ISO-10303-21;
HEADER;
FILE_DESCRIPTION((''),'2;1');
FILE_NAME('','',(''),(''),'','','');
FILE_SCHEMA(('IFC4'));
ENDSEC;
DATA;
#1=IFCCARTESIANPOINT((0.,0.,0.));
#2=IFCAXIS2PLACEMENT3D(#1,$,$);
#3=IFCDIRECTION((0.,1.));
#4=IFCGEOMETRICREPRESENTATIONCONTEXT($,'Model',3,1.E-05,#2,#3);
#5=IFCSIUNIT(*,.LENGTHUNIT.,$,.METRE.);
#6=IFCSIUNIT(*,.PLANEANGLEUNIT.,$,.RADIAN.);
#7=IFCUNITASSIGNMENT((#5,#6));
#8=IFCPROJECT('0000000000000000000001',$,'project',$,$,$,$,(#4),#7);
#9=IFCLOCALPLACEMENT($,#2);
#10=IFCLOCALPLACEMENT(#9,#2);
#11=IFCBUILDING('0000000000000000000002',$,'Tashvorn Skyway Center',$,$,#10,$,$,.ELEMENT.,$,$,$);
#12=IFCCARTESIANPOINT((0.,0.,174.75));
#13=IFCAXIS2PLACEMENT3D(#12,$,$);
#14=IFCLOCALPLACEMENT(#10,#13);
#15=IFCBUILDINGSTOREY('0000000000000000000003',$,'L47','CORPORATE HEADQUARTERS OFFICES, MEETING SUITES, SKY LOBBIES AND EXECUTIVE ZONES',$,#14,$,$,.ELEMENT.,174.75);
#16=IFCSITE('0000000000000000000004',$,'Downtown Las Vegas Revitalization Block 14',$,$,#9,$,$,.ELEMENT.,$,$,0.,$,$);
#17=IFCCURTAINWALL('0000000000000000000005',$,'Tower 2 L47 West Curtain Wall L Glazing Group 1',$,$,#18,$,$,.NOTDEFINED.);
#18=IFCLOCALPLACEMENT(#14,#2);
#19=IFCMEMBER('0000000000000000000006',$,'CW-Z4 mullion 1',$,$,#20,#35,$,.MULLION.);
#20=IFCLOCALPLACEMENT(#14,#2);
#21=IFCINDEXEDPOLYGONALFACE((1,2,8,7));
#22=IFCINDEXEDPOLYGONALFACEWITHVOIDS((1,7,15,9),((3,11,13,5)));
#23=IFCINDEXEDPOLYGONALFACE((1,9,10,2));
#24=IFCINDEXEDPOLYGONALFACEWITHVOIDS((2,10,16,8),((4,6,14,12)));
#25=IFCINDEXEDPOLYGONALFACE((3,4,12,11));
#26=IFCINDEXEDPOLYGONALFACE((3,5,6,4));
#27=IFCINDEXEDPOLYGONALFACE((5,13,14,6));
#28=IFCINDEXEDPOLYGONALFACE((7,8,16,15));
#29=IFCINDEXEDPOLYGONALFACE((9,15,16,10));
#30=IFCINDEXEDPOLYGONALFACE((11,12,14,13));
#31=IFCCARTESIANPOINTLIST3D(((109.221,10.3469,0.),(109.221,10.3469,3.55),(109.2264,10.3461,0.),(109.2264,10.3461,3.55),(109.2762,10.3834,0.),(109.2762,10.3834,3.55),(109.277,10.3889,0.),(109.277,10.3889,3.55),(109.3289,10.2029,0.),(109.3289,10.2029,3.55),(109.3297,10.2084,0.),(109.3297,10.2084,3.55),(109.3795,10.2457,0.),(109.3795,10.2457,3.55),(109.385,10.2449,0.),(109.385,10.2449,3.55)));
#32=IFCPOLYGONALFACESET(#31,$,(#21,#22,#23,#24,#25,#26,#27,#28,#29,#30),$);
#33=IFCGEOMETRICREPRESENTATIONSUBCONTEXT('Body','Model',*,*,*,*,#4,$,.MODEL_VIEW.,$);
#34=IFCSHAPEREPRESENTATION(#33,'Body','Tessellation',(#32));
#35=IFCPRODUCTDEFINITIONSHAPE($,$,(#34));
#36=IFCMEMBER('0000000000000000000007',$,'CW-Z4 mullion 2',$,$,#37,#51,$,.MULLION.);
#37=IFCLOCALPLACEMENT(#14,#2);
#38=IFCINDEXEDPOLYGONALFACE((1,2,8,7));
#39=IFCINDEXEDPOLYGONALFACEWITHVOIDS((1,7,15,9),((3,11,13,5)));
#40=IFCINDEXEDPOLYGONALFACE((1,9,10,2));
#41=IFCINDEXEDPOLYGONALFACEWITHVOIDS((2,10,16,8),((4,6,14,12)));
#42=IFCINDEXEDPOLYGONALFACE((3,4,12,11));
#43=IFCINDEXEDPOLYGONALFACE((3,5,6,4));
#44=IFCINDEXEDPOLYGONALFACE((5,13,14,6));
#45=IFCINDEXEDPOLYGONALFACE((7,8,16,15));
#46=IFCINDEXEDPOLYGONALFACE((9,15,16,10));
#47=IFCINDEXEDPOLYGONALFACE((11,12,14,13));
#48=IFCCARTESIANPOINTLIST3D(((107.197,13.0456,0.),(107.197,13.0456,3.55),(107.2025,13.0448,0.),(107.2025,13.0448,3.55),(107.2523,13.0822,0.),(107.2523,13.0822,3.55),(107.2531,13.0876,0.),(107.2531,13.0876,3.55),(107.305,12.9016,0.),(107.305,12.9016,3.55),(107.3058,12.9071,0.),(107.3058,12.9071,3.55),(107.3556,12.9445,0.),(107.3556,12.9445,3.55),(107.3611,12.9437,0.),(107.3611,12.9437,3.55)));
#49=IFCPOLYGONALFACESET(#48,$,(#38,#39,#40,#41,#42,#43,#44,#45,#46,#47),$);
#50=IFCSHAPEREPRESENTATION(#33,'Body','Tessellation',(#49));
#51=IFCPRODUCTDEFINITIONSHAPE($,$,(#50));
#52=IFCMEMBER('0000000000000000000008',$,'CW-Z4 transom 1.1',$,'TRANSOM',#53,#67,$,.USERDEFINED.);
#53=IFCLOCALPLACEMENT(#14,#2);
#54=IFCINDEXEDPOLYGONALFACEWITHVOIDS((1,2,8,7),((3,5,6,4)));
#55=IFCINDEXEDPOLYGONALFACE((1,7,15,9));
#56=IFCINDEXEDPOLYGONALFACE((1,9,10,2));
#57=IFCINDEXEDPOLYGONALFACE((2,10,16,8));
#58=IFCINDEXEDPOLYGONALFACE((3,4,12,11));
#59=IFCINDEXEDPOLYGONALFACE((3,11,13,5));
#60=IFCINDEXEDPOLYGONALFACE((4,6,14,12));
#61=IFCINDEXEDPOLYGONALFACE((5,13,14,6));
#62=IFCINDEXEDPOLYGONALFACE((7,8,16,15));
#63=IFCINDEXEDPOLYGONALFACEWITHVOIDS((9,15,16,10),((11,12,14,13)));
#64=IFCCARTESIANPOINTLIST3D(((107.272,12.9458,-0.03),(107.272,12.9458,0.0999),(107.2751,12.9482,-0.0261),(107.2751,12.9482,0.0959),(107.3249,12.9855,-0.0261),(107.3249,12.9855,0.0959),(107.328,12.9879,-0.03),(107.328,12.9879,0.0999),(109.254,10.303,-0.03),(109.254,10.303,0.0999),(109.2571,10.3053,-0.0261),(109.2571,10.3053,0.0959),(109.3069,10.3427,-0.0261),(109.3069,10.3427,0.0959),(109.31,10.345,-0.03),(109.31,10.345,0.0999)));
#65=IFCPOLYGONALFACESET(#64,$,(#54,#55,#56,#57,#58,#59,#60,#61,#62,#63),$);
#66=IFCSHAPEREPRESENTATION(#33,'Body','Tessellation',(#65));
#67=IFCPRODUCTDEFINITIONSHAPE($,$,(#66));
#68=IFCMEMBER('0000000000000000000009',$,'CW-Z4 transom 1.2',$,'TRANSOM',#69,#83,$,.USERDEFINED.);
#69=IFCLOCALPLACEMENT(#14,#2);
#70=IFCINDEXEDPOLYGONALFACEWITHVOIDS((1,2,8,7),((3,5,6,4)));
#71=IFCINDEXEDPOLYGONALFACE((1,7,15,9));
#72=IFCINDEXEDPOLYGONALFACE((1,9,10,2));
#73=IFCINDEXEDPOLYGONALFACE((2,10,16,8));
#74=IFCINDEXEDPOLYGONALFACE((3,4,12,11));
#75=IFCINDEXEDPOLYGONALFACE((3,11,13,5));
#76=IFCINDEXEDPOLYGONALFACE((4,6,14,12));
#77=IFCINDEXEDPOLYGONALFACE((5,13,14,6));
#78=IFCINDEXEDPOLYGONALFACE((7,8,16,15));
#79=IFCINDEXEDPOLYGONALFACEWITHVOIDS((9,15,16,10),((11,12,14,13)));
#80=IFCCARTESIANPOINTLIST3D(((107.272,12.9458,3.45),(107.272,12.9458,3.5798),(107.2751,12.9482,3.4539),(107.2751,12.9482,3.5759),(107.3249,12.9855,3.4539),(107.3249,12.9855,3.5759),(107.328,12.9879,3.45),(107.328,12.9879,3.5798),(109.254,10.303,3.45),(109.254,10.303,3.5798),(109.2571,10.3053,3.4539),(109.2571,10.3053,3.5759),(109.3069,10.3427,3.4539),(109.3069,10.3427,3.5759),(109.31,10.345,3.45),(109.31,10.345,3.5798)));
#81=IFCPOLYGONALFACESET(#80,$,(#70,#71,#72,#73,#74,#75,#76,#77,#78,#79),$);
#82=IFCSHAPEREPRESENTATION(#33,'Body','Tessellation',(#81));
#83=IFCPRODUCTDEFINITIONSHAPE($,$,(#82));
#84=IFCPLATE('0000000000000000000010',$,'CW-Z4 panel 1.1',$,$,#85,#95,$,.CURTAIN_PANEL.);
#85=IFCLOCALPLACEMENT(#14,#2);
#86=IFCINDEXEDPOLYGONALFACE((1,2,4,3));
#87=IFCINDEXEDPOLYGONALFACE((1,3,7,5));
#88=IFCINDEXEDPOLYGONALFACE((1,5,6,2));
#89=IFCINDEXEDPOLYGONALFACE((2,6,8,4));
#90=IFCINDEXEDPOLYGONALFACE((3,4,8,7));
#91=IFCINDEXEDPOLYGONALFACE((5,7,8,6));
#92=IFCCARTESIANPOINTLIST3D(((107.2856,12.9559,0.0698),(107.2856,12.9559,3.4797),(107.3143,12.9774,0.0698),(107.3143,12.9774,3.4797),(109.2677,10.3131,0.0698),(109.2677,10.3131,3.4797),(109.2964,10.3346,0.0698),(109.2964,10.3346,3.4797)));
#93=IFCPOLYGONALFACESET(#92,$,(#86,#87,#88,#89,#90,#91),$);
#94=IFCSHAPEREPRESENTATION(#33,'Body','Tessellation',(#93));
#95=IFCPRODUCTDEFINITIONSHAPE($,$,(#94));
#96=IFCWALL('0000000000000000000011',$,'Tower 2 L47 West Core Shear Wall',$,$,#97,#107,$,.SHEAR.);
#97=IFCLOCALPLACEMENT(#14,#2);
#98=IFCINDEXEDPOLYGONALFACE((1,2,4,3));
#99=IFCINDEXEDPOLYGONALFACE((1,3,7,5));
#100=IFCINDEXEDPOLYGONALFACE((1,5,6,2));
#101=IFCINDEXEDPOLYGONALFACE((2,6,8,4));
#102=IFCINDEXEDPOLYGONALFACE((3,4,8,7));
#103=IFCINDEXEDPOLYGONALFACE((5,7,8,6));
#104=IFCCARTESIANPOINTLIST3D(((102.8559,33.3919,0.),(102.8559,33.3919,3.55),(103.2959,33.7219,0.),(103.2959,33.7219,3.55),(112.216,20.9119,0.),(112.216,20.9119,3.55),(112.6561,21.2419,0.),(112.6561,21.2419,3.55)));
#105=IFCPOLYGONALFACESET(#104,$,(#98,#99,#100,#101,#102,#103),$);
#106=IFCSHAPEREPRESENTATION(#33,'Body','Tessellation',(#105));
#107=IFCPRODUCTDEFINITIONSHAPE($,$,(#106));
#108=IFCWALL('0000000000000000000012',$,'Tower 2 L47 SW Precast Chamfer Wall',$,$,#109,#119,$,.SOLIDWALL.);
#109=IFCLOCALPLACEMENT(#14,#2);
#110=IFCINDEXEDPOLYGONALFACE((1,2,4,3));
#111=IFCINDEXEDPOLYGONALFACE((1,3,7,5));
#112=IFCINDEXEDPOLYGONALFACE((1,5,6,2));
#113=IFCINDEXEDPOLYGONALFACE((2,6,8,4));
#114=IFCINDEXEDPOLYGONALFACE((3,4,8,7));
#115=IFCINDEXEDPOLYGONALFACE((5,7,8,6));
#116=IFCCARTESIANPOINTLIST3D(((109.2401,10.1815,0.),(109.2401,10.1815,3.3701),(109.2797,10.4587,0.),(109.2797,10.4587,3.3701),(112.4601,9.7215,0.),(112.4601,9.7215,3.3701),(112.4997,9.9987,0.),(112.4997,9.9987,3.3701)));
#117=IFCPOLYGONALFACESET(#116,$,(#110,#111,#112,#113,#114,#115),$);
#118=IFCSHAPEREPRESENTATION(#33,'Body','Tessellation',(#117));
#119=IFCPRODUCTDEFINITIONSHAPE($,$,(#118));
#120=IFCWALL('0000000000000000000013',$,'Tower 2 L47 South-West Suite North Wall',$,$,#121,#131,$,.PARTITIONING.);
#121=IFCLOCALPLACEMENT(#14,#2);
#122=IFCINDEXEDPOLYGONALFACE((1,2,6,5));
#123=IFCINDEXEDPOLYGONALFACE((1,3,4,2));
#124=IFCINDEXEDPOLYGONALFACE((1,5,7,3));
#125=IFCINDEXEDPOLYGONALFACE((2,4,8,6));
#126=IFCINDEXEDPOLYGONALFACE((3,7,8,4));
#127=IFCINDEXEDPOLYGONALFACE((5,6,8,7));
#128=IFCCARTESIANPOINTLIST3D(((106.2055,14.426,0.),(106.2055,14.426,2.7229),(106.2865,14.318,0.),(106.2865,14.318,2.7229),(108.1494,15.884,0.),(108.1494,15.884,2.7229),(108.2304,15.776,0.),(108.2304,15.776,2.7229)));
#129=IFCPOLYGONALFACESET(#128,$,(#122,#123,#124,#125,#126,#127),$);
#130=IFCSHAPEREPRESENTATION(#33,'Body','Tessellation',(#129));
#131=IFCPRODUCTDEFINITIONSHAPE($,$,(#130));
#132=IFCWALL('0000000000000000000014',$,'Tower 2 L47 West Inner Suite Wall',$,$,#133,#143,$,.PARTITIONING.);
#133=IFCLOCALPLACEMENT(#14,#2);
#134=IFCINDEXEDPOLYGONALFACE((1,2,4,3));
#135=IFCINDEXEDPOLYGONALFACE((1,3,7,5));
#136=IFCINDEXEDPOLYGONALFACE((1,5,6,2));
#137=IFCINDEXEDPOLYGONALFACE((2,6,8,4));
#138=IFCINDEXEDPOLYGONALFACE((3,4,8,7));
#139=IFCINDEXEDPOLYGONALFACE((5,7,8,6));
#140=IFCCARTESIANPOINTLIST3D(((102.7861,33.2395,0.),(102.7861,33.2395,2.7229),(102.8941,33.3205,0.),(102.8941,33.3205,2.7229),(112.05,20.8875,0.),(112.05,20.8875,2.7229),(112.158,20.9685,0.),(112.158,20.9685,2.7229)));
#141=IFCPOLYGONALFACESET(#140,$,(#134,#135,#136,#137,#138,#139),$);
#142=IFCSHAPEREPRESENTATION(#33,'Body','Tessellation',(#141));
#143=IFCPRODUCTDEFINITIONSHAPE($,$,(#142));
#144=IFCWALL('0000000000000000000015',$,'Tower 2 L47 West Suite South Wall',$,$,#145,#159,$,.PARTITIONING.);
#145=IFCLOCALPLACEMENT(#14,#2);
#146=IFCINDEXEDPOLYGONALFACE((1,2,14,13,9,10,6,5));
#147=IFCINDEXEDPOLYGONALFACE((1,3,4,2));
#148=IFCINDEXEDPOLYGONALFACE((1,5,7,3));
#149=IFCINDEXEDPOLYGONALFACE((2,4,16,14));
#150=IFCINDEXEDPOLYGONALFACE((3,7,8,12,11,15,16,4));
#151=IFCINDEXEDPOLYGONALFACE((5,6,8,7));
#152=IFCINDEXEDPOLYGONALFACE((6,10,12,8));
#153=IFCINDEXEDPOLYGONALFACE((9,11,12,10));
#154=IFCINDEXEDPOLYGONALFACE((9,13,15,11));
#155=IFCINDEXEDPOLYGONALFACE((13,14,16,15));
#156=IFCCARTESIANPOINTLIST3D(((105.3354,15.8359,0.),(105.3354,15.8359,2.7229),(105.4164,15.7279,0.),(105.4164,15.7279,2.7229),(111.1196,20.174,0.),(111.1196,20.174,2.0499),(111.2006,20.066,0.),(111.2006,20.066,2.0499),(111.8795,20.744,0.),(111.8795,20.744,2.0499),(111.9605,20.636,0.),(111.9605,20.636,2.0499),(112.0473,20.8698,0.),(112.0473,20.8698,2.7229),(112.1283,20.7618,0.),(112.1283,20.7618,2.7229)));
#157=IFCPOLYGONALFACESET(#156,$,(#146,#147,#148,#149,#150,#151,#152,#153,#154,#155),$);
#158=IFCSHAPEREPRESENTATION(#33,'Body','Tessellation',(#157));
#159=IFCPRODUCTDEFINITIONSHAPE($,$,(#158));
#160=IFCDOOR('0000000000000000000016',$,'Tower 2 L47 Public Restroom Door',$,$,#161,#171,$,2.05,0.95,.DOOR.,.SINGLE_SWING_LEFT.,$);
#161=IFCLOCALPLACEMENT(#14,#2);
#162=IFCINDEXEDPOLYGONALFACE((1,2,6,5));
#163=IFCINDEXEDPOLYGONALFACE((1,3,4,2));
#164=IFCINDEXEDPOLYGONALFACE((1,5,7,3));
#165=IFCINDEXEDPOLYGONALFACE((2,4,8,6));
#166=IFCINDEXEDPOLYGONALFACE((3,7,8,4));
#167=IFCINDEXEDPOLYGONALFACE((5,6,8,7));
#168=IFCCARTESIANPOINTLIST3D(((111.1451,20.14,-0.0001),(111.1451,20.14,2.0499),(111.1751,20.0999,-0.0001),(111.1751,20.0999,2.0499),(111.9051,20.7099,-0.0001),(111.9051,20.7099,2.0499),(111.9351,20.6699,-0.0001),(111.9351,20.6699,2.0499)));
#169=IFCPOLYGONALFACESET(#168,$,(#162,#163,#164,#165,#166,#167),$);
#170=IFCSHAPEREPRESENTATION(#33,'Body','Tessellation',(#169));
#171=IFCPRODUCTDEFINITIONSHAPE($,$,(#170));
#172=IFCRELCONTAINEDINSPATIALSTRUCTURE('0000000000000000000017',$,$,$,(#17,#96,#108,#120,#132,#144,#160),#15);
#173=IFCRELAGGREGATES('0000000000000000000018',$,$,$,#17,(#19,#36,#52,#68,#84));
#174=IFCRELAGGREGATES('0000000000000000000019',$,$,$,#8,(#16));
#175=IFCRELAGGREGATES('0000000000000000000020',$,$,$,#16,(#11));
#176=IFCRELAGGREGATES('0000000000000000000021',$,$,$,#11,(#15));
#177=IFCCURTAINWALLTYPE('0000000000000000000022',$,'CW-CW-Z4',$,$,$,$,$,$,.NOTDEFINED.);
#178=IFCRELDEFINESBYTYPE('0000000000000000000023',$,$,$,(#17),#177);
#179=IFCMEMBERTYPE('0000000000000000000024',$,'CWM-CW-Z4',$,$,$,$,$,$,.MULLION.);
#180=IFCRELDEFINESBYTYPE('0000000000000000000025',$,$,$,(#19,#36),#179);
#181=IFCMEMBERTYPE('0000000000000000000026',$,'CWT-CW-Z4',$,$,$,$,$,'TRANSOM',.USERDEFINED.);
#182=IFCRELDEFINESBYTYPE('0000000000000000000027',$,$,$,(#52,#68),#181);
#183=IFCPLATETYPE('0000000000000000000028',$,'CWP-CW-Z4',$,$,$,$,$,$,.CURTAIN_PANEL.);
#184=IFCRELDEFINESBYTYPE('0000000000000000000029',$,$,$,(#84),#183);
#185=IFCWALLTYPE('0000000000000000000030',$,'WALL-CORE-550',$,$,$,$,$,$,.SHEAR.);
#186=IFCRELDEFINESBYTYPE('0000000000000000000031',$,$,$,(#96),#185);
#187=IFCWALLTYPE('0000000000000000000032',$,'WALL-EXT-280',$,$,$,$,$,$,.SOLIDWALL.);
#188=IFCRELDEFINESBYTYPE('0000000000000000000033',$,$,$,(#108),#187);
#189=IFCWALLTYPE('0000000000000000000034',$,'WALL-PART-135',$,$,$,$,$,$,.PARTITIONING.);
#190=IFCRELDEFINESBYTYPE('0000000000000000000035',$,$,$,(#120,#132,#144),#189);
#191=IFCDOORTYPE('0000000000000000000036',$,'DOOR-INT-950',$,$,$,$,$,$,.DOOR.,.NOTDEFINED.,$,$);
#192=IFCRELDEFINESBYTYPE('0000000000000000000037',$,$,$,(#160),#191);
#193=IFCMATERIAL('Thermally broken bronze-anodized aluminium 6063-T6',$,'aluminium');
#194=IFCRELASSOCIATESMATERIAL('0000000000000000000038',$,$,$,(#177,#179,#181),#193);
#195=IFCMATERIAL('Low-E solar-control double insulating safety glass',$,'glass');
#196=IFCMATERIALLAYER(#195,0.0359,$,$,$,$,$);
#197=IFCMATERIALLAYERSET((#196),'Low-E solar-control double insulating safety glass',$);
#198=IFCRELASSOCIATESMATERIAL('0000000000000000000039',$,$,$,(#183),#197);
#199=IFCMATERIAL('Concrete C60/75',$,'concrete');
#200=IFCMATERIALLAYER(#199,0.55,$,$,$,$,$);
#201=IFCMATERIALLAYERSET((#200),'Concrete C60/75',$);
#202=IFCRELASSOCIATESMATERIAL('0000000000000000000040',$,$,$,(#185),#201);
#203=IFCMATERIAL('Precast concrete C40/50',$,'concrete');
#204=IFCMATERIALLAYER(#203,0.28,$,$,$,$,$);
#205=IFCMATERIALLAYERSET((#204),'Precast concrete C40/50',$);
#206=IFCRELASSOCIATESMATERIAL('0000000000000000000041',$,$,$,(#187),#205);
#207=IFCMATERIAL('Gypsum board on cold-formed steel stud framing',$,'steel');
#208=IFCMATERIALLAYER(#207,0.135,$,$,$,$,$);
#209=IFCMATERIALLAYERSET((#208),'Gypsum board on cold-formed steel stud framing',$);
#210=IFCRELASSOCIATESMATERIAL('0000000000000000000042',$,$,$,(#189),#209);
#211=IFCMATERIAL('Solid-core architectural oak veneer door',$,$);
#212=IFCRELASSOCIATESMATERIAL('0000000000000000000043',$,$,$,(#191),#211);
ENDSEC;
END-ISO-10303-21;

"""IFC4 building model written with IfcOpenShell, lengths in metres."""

from ifc_helpers import new_model, si_unit, direction, frame, frame_2d, origin, origin_2d, place, context, subcontext, project, spatial, rectangle, hollow_rectangle, extrude, material, layer, layer_set, material_profile, profile_set, type_object, element, fill, aggregate, save


model = new_model("IFC4")

# Units and contexts
model_context = context("Model", 3, precision=1e-05, world=origin(), true_north=direction((0.0, 1.0)))
body_context = subcontext(model_context, "Body", "Model", "MODEL_VIEW")
ifc_project = project(units=[si_unit("LENGTHUNIT", "METRE"), si_unit("PLANEANGLEUNIT", "RADIAN")], contexts=[model_context])

# Site, building, storey
site_placement = place(None, origin())
site = spatial("IfcSite", under=ifc_project, at=site_placement, Name="Downtown Las Vegas Revitalization Block 14", CompositionType="ELEMENT", RefElevation=0.0)
building_placement = place(site_placement, origin())
building = spatial("IfcBuilding", under=site, at=building_placement, Name="Tashvorn Skyway Center", CompositionType="ELEMENT")
storey_placement = place(building_placement, frame((0.0, 0.0, 174.75)))
storey = spatial("IfcBuildingStorey", under=building, at=storey_placement, Name="L47", Description="CORPORATE HEADQUARTERS OFFICES, MEETING SUITES, SKY LOBBIES AND EXECUTIVE ZONES", CompositionType="ELEMENT", Elevation=174.75)

# Shared definitions
ifc_material_1 = material(Name="Thermally broken bronze-anodized aluminium 6063-T6", Category="aluminium")
curtain_wall_type = type_object("IfcCurtainWallType", Name="CW-CW-Z4", PredefinedType="NOTDEFINED", material=ifc_material_1)
ifc_material_profile_1 = material_profile(ifc_material_1, hollow_rectangle(XDim=0.0701, YDim=0.1799, WallThickness=0.0039, at=origin_2d()), Name="ALU-MULL-70x180")
ifc_profile_set_1 = profile_set([ifc_material_profile_1], Name="Thermally broken bronze-anodized aluminium 6063-T6")
member_type_1 = type_object("IfcMemberType", Name="CWM-CW-Z4", PredefinedType="MULLION", material=ifc_profile_set_1)

# Curtain wall, members, plate
curtain_wall_1_placement = place(storey_placement, origin())
curtain_wall_1 = element("IfcCurtainWall", 1, at=curtain_wall_1_placement, inside=storey, type_object=curtain_wall_type, Name="Tower 2 L47 West Curtain Wall L Glazing Group 1", PredefinedType="NOTDEFINED")
member_1_placement = place(storey_placement, frame((109.303, 10.2959, 0.0), z_axis=(0.0, 0.0, 1.0), x_axis=(-0.800003, -0.599995, 0.0)))
member_1 = element("IfcMember", 2, at=member_1_placement, type_object=member_type_1, Name="CW-Z4 mullion 1", PredefinedType="MULLION", context=body_context, shape_type="SweptSolid", body=[
    extrude(hollow_rectangle(XDim=0.0701, YDim=0.1799, WallThickness=0.0039, at=origin_2d()), origin(), (0.0, 0.0, 1.0), 3.55),
])
member_2_placement = place(storey_placement, frame((107.2791, 12.9946, 0.0), z_axis=(0.0, 0.0, 1.0), x_axis=(-0.800003, -0.599995, 0.0)))
member_2 = element("IfcMember", 3, at=member_2_placement, type_object=member_type_1, Name="CW-Z4 mullion 2", PredefinedType="MULLION", context=body_context, shape_type="SweptSolid", body=[
    extrude(hollow_rectangle(XDim=0.0701, YDim=0.1799, WallThickness=0.0039, at=origin_2d()), origin(), (0.0, 0.0, 1.0), 3.55),
])
ifc_material_profile_2 = material_profile(ifc_material_1, hollow_rectangle(XDim=0.0701, YDim=0.1299, WallThickness=0.0039, at=origin_2d()), Name="ALU-TRAN-70x130")
ifc_profile_set_2 = profile_set([ifc_material_profile_2], Name="Thermally broken bronze-anodized aluminium 6063-T6")
member_type_2 = type_object("IfcMemberType", Name="CWT-CW-Z4", ElementType="TRANSOM", PredefinedType="USERDEFINED", material=ifc_profile_set_2)
member_3_placement = place(storey_placement, frame((109.282, 10.324, 0.0349), z_axis=(-0.599965, 0.800027, 0.0), x_axis=(-0.800027, -0.599965, 0.0)))
member_3 = element("IfcMember", 4, at=member_3_placement, type_object=member_type_2, Name="CW-Z4 transom 1.1", ObjectType="TRANSOM", PredefinedType="USERDEFINED", context=body_context, shape_type="SweptSolid", body=[
    extrude(hollow_rectangle(XDim=0.0701, YDim=0.1299, WallThickness=0.0039, at=origin_2d()), origin(), (0.0, 0.0, 1.0), 3.3035),
])
member_4_placement = place(storey_placement, frame((109.282, 10.324, 3.5149), z_axis=(-0.599965, 0.800027, 0.0), x_axis=(-0.800027, -0.599965, 0.0)))
member_4 = element("IfcMember", 5, at=member_4_placement, type_object=member_type_2, Name="CW-Z4 transom 1.2", ObjectType="TRANSOM", PredefinedType="USERDEFINED", context=body_context, shape_type="SweptSolid", body=[
    extrude(hollow_rectangle(XDim=0.0701, YDim=0.1299, WallThickness=0.0039, at=origin_2d()), origin(), (0.0, 0.0, 1.0), 3.3035),
])
ifc_material_2 = material(Name="Low-E solar-control double insulating safety glass", Category="glass")
ifc_layer_1 = layer(ifc_material_2, 0.0359)
ifc_layer_set_1 = layer_set([ifc_layer_1], Name="Low-E solar-control double insulating safety glass")
plate_type = type_object("IfcPlateType", Name="CWP-CW-Z4", PredefinedType="CURTAIN_PANEL", material=ifc_layer_set_1)
plate_placement = place(storey_placement, frame((108.291, 11.6453, 0.0698), z_axis=(0.0, 0.0, 1.0), x_axis=(-0.599995, 0.800003, 0.0)))
plate = element("IfcPlate", 6, at=plate_placement, type_object=plate_type, Name="CW-Z4 panel 1.1", PredefinedType="CURTAIN_PANEL", context=body_context, shape_type="SweptSolid", body=[
    extrude(rectangle(XDim=3.3035, YDim=0.0359, at=origin_2d()), origin(), (0.0, 0.0, 1.0), 3.4099),
])
aggregate(curtain_wall_1, [member_1, member_2, member_3, member_4, plate])

# Walls
ifc_material_3 = material(Name="Concrete C60/75", Category="concrete")
ifc_layer_2 = layer(ifc_material_3, 0.55)
ifc_layer_set_2 = layer_set([ifc_layer_2], Name="Concrete C60/75")
wall_type_1 = type_object("IfcWallType", Name="WALL-CORE-550", PredefinedType="SHEAR", material=ifc_layer_set_2)
wall_1_placement = place(storey_placement, frame((112.436, 21.0769, 0.0), z_axis=(0.0, 0.0, 1.0), x_axis=(-0.600005, 0.799996, 0.0)))
element("IfcWall", 7, at=wall_1_placement, inside=storey, type_object=wall_type_1, Name="Tower 2 L47 West Core Shear Wall", PredefinedType="SHEAR", context=body_context, shape_type="SweptSolid", body=[
    extrude(rectangle(XDim=15.6001, YDim=0.55, at=frame_2d((7.8, 0.0))), origin(), (0.0, 0.0, 1.0), 3.55),
])
ifc_material_4 = material(Name="Precast concrete C40/50", Category="concrete")
ifc_layer_3 = layer(ifc_material_4, 0.28)
ifc_layer_set_3 = layer_set([ifc_layer_3], Name="Precast concrete C40/50")
wall_type_2 = type_object("IfcWallType", Name="WALL-EXT-280", PredefinedType="SOLIDWALL", material=ifc_layer_set_3)
wall_2_placement = place(storey_placement, frame((112.48, 9.8601, 0.0), z_axis=(0.0, 0.0, 1.0), x_axis=(-0.989951, 0.141411, 0.0)))
element("IfcWall", 8, at=wall_2_placement, inside=storey, type_object=wall_type_2, Name="Tower 2 L47 SW Precast Chamfer Wall", PredefinedType="SOLIDWALL", context=body_context, shape_type="SweptSolid", body=[
    extrude(rectangle(XDim=3.2527, YDim=0.28, at=frame_2d((1.6265, 0.0))), origin(), (0.0, 0.0, 1.0), 3.3701),
])
ifc_material_5 = material(Name="Gypsum board on cold-formed steel stud framing", Category="steel")
ifc_layer_4 = layer(ifc_material_5, 0.135)
ifc_layer_set_4 = layer_set([ifc_layer_4], Name="Gypsum board on cold-formed steel stud framing")
wall_type_3 = type_object("IfcWallType", Name="WALL-PART-135", PredefinedType="PARTITIONING", material=ifc_layer_set_4)
wall_3_placement = place(storey_placement, frame((106.2461, 14.3721, 0.0), z_axis=(0.0, 0.0, 1.0), x_axis=(0.799976, 0.600032, 0.0)))
element("IfcWall", 9, at=wall_3_placement, inside=storey, type_object=wall_type_3, Name="Tower 2 L47 South-West Suite North Wall", PredefinedType="PARTITIONING", context=body_context, shape_type="SweptSolid", body=[
    extrude(rectangle(XDim=2.4299, YDim=0.135, at=frame_2d((1.2148, 0.0))), origin(), (0.0, 0.0, 1.0), 2.7229),
])
wall_4_placement = place(storey_placement, frame((112.104, 20.928, 0.0), z_axis=(0.0, 0.0, 1.0), x_axis=(-0.599995, 0.800004, 0.0)))
element("IfcWall", 10, at=wall_4_placement, inside=storey, type_object=wall_type_3, Name="Tower 2 L47 West Inner Suite Wall", PredefinedType="PARTITIONING", context=body_context, shape_type="SweptSolid", body=[
    extrude(rectangle(XDim=15.4399, YDim=0.135, at=frame_2d((7.72, 0.0))), origin(), (0.0, 0.0, 1.0), 2.7229),
])

# Wall, opening, door
wall_5_placement = place(storey_placement, frame((105.376, 15.782, 0.0), z_axis=(0.0, 0.0, 1.0), x_axis=(0.8, 0.6, 0.0)))
wall_5 = element("IfcWall", 11, at=wall_5_placement, inside=storey, type_object=wall_type_3, Name="Tower 2 L47 West Suite South Wall", PredefinedType="PARTITIONING", context=body_context, shape_type="SweptSolid", body=[
    extrude(rectangle(XDim=8.3899, YDim=0.135, at=frame_2d((4.1948, 0.0))), origin(), (0.0, 0.0, 1.0), 2.7229),
])
opening_placement = place(wall_5_placement, frame((7.23, 0.0, 0.0)))
opening = element("IfcOpeningElement", 12, at=opening_placement, cuts=wall_5, PredefinedType="OPENING", context=body_context, shape_type="SweptSolid", body=[
    extrude(rectangle(XDim=0.95, YDim=2.05, at=frame_2d((0.4751, 1.0249))), frame((0.0, 0.0774, 0.0), z_axis=(0.0, -1.0, 0.0), x_axis=(1.0, 0.0, 0.0)), (0.0, 0.0, 1.0), 0.155),
])
ifc_material_6 = material(Name="Solid-core architectural oak veneer door")
door_type = type_object("IfcDoorType", Name="DOOR-INT-950", OperationType="NOTDEFINED", PredefinedType="DOOR", material=ifc_material_6)
door_placement = place(opening_placement, origin())
door = element("IfcDoor", 13, at=door_placement, inside=storey, type_object=door_type, Name="Tower 2 L47 Public Restroom Door", OperationType="SINGLE_SWING_LEFT", OverallHeight=2.05, OverallWidth=0.95, PredefinedType="DOOR", context=body_context, shape_type="SweptSolid", body=[
    extrude(rectangle(XDim=0.95, YDim=2.05, at=frame_2d((0.4751, 1.0249))), frame((0.0, 0.0249, 0.0), z_axis=(0.0, -1.0, 0.0), x_axis=(1.0, 0.0, 0.0)), (0.0, 0.0, 1.0), 0.05),
])
fill(opening, door)

save(model, "model.ifc")
